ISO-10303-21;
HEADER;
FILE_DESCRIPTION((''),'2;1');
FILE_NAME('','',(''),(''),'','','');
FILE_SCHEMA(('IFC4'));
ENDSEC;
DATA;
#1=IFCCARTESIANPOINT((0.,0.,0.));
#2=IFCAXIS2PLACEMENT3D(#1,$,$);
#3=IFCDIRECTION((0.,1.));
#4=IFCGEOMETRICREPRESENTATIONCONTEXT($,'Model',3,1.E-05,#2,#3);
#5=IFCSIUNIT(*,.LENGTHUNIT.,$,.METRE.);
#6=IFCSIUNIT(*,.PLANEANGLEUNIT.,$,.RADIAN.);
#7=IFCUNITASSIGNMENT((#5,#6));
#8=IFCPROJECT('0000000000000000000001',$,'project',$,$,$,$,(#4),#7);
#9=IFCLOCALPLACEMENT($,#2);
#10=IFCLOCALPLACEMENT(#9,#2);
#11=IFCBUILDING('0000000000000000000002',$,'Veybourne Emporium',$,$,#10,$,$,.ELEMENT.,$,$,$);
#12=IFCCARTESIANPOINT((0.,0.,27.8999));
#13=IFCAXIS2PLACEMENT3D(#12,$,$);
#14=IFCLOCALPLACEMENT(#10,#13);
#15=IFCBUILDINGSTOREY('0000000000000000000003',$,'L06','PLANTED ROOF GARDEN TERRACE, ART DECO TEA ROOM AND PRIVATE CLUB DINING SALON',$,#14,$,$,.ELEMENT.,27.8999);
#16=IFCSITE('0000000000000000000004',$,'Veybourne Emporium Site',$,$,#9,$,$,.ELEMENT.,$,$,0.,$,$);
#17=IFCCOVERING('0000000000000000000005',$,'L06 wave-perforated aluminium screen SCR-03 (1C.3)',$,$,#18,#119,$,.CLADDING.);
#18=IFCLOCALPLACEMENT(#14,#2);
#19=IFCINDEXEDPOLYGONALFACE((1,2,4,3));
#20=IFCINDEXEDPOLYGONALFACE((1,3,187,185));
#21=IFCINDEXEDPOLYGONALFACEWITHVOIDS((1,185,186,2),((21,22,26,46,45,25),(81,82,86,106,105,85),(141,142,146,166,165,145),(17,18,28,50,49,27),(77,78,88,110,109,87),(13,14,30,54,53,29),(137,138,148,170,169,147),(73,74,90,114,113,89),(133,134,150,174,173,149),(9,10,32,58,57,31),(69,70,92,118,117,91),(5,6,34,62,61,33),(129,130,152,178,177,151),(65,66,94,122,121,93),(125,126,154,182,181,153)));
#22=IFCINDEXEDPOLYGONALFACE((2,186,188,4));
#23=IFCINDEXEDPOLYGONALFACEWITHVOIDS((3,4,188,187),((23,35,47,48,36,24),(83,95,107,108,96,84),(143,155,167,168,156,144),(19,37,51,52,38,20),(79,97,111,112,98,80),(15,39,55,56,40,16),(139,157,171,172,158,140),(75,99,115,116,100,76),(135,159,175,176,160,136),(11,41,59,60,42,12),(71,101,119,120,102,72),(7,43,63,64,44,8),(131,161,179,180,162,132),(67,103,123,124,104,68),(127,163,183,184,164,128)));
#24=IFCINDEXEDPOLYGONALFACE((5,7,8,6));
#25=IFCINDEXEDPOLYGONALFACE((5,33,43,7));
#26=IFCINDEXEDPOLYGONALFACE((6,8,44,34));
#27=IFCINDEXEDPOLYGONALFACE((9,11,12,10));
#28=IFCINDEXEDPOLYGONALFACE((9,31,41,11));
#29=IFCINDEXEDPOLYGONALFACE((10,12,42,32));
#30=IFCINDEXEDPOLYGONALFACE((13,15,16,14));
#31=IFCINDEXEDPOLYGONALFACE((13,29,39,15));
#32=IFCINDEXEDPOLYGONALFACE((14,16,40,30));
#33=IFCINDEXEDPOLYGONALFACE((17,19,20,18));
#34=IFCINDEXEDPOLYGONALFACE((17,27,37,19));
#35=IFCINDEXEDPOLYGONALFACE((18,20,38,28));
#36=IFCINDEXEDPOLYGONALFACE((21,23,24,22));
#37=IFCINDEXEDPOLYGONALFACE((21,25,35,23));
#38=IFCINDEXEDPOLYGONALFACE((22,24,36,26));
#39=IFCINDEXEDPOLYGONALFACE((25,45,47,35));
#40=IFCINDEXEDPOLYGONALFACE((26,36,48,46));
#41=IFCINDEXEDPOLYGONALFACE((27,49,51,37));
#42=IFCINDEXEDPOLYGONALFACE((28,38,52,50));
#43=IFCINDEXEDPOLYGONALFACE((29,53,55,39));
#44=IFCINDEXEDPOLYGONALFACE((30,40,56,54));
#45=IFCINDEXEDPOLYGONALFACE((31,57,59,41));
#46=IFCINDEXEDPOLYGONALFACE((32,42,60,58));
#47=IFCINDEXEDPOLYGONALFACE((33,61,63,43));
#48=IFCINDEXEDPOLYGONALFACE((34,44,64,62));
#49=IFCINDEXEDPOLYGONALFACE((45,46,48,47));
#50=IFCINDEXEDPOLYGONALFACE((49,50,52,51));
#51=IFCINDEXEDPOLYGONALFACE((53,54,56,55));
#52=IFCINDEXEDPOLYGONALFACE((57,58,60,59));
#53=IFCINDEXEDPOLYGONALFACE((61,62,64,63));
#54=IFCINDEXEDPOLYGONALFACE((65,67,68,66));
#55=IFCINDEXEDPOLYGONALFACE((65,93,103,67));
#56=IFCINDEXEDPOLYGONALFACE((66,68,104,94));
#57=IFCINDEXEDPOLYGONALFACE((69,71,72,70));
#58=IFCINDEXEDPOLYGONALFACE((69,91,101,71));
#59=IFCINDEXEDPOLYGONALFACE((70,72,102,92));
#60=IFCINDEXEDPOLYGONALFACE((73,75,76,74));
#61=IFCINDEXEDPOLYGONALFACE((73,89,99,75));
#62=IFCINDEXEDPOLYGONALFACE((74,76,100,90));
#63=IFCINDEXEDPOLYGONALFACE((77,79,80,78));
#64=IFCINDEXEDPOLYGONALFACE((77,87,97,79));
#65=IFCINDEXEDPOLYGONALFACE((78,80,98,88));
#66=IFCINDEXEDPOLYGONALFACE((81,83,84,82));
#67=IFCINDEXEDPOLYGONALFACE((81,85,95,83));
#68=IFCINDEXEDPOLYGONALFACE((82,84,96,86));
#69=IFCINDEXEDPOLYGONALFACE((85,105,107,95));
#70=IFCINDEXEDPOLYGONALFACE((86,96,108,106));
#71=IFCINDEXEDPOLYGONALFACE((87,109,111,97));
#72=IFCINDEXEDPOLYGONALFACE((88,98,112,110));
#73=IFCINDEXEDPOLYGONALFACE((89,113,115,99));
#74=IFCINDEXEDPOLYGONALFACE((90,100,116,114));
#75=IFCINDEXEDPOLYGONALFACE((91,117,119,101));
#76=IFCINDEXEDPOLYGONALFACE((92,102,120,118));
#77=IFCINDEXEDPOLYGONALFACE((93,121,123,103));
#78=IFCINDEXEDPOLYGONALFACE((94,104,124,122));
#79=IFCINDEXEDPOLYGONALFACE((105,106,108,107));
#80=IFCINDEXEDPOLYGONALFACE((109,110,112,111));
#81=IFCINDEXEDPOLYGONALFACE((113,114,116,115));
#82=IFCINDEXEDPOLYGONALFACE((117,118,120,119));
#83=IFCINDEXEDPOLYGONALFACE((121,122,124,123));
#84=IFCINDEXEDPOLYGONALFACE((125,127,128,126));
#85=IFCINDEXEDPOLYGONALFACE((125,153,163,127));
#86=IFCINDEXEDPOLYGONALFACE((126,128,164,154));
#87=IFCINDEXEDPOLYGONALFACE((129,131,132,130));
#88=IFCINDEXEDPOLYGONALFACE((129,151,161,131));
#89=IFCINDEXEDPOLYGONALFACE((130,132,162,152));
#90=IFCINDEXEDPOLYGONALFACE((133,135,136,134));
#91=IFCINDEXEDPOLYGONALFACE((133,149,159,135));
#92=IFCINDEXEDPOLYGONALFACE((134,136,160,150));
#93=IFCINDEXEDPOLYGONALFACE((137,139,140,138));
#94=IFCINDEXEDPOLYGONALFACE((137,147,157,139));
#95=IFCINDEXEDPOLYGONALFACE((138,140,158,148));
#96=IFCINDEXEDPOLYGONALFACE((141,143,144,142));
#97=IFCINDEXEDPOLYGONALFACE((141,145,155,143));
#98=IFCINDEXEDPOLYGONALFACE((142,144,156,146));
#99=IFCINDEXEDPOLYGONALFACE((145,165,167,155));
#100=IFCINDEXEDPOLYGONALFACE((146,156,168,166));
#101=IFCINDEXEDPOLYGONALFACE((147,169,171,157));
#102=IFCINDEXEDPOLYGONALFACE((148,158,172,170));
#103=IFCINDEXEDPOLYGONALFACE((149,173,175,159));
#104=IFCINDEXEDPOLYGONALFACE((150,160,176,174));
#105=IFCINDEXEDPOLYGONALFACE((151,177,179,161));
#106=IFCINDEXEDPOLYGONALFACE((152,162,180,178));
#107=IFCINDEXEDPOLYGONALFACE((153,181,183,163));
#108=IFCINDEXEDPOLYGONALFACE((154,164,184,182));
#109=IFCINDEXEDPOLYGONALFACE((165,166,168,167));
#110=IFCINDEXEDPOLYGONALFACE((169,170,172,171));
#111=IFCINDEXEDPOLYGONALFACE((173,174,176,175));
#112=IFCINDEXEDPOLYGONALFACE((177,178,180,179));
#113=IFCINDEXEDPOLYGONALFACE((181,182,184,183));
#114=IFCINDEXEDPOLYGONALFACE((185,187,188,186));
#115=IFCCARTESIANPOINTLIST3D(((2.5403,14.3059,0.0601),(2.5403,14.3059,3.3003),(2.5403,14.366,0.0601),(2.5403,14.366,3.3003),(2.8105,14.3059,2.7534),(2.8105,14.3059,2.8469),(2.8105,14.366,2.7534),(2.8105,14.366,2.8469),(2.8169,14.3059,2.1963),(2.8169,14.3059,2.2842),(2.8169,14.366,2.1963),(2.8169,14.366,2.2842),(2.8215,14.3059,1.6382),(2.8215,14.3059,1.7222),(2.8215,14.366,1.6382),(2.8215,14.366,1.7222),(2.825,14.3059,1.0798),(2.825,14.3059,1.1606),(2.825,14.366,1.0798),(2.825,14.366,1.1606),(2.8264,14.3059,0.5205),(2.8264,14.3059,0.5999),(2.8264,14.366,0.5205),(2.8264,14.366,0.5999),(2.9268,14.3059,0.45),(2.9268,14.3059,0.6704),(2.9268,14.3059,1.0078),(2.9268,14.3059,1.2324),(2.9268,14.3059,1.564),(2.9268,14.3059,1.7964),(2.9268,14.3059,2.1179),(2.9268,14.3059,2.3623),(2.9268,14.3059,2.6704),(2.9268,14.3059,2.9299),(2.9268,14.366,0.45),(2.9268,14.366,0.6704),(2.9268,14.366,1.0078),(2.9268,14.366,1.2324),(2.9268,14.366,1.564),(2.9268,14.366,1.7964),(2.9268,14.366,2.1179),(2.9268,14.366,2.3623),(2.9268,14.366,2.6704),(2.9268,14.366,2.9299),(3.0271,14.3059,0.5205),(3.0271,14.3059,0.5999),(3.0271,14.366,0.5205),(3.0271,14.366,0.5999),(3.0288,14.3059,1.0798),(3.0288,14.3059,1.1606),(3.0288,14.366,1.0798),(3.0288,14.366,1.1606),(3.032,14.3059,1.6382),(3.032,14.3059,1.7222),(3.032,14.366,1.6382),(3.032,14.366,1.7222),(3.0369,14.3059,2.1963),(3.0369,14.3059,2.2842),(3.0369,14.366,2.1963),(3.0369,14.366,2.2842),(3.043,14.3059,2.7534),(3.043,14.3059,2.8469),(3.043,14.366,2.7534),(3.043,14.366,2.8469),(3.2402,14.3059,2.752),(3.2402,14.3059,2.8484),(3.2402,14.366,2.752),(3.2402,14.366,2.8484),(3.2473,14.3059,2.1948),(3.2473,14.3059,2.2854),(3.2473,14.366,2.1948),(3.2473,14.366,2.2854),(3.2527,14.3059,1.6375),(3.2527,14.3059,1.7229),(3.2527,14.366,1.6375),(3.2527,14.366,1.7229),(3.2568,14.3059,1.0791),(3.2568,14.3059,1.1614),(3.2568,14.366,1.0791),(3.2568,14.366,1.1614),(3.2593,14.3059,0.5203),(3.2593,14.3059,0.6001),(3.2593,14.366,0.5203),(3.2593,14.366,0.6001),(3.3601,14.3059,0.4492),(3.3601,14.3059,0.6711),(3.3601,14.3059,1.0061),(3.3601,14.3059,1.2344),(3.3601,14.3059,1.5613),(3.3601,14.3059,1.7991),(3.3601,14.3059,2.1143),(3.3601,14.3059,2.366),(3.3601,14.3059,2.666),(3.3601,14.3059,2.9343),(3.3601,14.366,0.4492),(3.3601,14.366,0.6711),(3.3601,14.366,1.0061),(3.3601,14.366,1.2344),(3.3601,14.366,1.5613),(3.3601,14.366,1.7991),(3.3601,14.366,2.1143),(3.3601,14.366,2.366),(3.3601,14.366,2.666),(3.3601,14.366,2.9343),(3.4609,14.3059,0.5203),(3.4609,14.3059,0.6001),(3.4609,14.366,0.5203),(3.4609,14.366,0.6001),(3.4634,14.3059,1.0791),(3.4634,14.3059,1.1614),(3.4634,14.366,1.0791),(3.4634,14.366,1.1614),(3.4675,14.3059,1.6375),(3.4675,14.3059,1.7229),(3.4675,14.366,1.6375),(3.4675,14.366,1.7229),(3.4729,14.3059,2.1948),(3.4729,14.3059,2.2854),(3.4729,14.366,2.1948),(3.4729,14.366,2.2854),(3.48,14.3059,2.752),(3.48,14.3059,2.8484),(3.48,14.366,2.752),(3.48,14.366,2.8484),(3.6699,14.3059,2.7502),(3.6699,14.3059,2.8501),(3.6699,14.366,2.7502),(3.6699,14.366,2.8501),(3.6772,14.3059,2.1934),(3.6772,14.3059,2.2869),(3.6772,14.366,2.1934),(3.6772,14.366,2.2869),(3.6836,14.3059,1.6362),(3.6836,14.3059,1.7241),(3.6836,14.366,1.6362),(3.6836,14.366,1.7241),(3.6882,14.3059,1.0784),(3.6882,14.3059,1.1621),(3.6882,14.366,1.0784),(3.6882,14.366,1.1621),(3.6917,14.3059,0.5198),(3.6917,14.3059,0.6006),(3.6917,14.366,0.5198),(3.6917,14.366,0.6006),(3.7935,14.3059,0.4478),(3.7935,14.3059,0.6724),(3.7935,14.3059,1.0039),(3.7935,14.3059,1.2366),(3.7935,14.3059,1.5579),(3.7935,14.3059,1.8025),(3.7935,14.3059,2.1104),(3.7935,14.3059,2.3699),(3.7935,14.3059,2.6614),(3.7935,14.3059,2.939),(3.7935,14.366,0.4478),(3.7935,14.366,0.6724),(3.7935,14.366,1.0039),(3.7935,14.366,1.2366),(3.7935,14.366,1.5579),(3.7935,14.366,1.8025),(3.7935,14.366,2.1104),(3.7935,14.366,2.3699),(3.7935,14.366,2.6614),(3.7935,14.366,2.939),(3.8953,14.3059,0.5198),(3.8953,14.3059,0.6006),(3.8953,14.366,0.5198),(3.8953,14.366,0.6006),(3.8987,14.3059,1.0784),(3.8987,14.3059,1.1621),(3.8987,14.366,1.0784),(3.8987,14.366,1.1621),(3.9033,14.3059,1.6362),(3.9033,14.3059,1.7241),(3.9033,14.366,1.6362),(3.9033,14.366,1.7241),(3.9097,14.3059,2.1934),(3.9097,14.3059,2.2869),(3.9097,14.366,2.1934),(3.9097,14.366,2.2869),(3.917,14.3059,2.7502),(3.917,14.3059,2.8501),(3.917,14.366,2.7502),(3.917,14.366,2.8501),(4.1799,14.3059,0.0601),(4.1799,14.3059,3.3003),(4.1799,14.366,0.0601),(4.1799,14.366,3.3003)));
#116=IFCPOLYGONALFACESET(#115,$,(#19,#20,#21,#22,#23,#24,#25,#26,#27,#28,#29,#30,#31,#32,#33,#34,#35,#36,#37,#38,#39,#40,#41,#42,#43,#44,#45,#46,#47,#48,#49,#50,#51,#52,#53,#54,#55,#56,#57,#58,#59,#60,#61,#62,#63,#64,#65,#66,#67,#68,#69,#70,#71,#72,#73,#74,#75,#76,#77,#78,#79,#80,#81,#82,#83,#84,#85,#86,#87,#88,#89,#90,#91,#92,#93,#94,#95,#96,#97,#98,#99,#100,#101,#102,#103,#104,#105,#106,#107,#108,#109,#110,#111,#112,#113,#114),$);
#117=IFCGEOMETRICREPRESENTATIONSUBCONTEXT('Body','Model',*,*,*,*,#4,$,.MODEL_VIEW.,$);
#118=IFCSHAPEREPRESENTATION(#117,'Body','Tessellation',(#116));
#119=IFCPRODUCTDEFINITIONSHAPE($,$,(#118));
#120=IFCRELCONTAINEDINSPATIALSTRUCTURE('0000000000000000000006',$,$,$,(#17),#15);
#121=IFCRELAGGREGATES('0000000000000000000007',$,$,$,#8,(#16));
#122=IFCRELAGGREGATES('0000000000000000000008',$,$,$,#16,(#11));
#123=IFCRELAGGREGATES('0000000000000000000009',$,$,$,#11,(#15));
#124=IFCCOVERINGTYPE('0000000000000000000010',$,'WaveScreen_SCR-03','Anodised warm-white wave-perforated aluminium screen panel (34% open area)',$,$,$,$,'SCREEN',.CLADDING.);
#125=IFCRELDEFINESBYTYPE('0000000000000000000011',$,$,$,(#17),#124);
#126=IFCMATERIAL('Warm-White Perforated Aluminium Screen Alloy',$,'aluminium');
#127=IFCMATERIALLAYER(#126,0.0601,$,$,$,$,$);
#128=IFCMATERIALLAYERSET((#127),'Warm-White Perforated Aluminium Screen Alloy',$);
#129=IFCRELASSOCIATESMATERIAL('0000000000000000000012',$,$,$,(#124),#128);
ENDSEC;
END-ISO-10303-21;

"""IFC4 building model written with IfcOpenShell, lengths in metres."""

from ifc_helpers import new_model, si_unit, direction, frame, origin, place, context, subcontext, project, spatial, polyline, outline, extrude, material, layer, layer_set, type_object, element, save


model = new_model("IFC4")

# Units and contexts
model_context = context("Model", 3, precision=1e-05, world=origin(), true_north=direction((0.0, 1.0)))
body_context = subcontext(model_context, "Body", "Model", "MODEL_VIEW")
ifc_project = project(units=[si_unit("LENGTHUNIT", "METRE"), si_unit("PLANEANGLEUNIT", "RADIAN")], contexts=[model_context])

# Site, building, storey
site_placement = place(None, origin())
site = spatial("IfcSite", under=ifc_project, at=site_placement, Name="Veybourne Emporium Site", CompositionType="ELEMENT", RefElevation=0.0)
building_placement = place(site_placement, origin())
building = spatial("IfcBuilding", under=site, at=building_placement, Name="Veybourne Emporium", CompositionType="ELEMENT")
storey_placement = place(building_placement, frame((0.0, 0.0, 27.8999)))
storey = spatial("IfcBuildingStorey", under=building, at=storey_placement, Name="L06", Description="PLANTED ROOF GARDEN TERRACE, ART DECO TEA ROOM AND PRIVATE CLUB DINING SALON", CompositionType="ELEMENT", Elevation=27.8999)

# Covering
ifc_material_1 = material(Name="Warm-White Perforated Aluminium Screen Alloy", Category="aluminium")
ifc_layer_1 = layer(ifc_material_1, 0.0601)
ifc_layer_set_1 = layer_set([ifc_layer_1], Name="Warm-White Perforated Aluminium Screen Alloy")
covering_type_1 = type_object("IfcCoveringType", Name="WaveScreen_SCR-03", Description="Anodised warm-white wave-perforated aluminium screen panel (34% open area)", ElementType="SCREEN", PredefinedType="CLADDING", material=ifc_layer_set_1)
covering_1_placement = place(storey_placement, frame((3.3601, 14.3059, 1.6802), z_axis=(0.0, 1.0, 0.0), x_axis=(-1.0, 0.0, 0.0)))
element("IfcCovering", 1, at=covering_1_placement, inside=storey, type_object=covering_type_1, Name="L06 wave-perforated aluminium screen SCR-03 (1C.3)", PredefinedType="CLADDING", context=body_context, shape_type="SweptSolid", body=[
    extrude(outline(polyline([(-0.8198, -1.6201), (0.8198, -1.6201), (0.8198, 1.6201), (-0.8198, 1.6201), (-0.8198, -1.6201)]), holes=[polyline([(-0.4333, -1.0078), (-0.3315, -1.0796), (-0.3315, -1.1604), (-0.4333, -1.2324), (-0.5352, -1.1604), (-0.5352, -1.0796), (-0.4333, -1.0078)]), polyline([(-0.4333, -0.4436), (-0.3281, -0.5181), (-0.3281, -0.6018), (-0.4333, -0.6763), (-0.5386, -0.6018), (-0.5386, -0.5181), (-0.4333, -0.4436)]), polyline([(-0.4333, 0.1223), (-0.3235, 0.0439), (-0.3235, -0.0439), (-0.4333, -0.1223), (-0.5432, -0.0439), (-0.5432, 0.0439), (-0.4333, 0.1223)]), polyline([(-0.4333, 0.6897), (-0.3171, 0.6067), (-0.3171, 0.5132), (-0.4333, 0.4302), (-0.5496, 0.5132), (-0.5496, 0.6067), (-0.4333, 0.6897)]), polyline([(-0.4333, 1.2588), (-0.3098, 1.1699), (-0.3098, 1.0701), (-0.4333, 0.9812), (-0.5569, 1.0701), (-0.5569, 1.1699), (-0.4333, 1.2588)]), polyline([(0.0, -1.009), (0.1008, -1.0801), (0.1008, -1.1599), (0.0, -1.231), (-0.1008, -1.1599), (-0.1008, -1.0801), (0.0, -1.009)]), polyline([(0.0, -0.4458), (0.1033, -0.5188), (0.1033, -0.6011), (0.0, -0.6741), (-0.1033, -0.6011), (-0.1033, -0.5188), (0.0, -0.4458)]), polyline([(0.0, 0.1189), (0.1074, 0.0427), (0.1074, -0.0427), (0.0, -0.1189), (-0.1074, -0.0427), (-0.1074, 0.0427), (0.0, 0.1189)]), polyline([(0.0, 0.6858), (0.1128, 0.6052), (0.1128, 0.5146), (0.0, 0.4341), (-0.1128, 0.5146), (-0.1128, 0.6052), (0.0, 0.6858)]), polyline([(0.0, 1.2542), (0.1199, 1.1682), (0.1199, 1.0718), (0.0, 0.9858), (-0.1199, 1.0718), (-0.1199, 1.1682), (0.0, 1.2542)]), polyline([(0.4333, -1.0098), (0.5337, -1.0803), (0.5337, -1.1597), (0.4333, -1.2302), (0.333, -1.1597), (0.333, -1.0803), (0.4333, -1.0098)]), polyline([(0.4333, -0.4478), (0.5352, -0.5195), (0.5352, -0.6003), (0.4333, -0.6724), (0.3313, -0.6003), (0.3313, -0.5195), (0.4333, -0.4478)]), polyline([(0.4333, 0.1162), (0.5386, 0.042), (0.5386, -0.042), (0.4333, -0.1162), (0.3281, -0.042), (0.3281, 0.042), (0.4333, 0.1162)]), polyline([(0.4333, 0.6821), (0.5432, 0.604), (0.5432, 0.5161), (0.4333, 0.4377), (0.3232, 0.5161), (0.3232, 0.604), (0.4333, 0.6821)]), polyline([(0.4333, 1.2498), (0.5496, 1.1667), (0.5496, 1.0732), (0.4333, 0.9902), (0.3171, 1.0732), (0.3171, 1.1667), (0.4333, 1.2498)])]), origin(), (0.0, 0.0, 1.0), 0.0601),
])

save(model, "model.ifc")
